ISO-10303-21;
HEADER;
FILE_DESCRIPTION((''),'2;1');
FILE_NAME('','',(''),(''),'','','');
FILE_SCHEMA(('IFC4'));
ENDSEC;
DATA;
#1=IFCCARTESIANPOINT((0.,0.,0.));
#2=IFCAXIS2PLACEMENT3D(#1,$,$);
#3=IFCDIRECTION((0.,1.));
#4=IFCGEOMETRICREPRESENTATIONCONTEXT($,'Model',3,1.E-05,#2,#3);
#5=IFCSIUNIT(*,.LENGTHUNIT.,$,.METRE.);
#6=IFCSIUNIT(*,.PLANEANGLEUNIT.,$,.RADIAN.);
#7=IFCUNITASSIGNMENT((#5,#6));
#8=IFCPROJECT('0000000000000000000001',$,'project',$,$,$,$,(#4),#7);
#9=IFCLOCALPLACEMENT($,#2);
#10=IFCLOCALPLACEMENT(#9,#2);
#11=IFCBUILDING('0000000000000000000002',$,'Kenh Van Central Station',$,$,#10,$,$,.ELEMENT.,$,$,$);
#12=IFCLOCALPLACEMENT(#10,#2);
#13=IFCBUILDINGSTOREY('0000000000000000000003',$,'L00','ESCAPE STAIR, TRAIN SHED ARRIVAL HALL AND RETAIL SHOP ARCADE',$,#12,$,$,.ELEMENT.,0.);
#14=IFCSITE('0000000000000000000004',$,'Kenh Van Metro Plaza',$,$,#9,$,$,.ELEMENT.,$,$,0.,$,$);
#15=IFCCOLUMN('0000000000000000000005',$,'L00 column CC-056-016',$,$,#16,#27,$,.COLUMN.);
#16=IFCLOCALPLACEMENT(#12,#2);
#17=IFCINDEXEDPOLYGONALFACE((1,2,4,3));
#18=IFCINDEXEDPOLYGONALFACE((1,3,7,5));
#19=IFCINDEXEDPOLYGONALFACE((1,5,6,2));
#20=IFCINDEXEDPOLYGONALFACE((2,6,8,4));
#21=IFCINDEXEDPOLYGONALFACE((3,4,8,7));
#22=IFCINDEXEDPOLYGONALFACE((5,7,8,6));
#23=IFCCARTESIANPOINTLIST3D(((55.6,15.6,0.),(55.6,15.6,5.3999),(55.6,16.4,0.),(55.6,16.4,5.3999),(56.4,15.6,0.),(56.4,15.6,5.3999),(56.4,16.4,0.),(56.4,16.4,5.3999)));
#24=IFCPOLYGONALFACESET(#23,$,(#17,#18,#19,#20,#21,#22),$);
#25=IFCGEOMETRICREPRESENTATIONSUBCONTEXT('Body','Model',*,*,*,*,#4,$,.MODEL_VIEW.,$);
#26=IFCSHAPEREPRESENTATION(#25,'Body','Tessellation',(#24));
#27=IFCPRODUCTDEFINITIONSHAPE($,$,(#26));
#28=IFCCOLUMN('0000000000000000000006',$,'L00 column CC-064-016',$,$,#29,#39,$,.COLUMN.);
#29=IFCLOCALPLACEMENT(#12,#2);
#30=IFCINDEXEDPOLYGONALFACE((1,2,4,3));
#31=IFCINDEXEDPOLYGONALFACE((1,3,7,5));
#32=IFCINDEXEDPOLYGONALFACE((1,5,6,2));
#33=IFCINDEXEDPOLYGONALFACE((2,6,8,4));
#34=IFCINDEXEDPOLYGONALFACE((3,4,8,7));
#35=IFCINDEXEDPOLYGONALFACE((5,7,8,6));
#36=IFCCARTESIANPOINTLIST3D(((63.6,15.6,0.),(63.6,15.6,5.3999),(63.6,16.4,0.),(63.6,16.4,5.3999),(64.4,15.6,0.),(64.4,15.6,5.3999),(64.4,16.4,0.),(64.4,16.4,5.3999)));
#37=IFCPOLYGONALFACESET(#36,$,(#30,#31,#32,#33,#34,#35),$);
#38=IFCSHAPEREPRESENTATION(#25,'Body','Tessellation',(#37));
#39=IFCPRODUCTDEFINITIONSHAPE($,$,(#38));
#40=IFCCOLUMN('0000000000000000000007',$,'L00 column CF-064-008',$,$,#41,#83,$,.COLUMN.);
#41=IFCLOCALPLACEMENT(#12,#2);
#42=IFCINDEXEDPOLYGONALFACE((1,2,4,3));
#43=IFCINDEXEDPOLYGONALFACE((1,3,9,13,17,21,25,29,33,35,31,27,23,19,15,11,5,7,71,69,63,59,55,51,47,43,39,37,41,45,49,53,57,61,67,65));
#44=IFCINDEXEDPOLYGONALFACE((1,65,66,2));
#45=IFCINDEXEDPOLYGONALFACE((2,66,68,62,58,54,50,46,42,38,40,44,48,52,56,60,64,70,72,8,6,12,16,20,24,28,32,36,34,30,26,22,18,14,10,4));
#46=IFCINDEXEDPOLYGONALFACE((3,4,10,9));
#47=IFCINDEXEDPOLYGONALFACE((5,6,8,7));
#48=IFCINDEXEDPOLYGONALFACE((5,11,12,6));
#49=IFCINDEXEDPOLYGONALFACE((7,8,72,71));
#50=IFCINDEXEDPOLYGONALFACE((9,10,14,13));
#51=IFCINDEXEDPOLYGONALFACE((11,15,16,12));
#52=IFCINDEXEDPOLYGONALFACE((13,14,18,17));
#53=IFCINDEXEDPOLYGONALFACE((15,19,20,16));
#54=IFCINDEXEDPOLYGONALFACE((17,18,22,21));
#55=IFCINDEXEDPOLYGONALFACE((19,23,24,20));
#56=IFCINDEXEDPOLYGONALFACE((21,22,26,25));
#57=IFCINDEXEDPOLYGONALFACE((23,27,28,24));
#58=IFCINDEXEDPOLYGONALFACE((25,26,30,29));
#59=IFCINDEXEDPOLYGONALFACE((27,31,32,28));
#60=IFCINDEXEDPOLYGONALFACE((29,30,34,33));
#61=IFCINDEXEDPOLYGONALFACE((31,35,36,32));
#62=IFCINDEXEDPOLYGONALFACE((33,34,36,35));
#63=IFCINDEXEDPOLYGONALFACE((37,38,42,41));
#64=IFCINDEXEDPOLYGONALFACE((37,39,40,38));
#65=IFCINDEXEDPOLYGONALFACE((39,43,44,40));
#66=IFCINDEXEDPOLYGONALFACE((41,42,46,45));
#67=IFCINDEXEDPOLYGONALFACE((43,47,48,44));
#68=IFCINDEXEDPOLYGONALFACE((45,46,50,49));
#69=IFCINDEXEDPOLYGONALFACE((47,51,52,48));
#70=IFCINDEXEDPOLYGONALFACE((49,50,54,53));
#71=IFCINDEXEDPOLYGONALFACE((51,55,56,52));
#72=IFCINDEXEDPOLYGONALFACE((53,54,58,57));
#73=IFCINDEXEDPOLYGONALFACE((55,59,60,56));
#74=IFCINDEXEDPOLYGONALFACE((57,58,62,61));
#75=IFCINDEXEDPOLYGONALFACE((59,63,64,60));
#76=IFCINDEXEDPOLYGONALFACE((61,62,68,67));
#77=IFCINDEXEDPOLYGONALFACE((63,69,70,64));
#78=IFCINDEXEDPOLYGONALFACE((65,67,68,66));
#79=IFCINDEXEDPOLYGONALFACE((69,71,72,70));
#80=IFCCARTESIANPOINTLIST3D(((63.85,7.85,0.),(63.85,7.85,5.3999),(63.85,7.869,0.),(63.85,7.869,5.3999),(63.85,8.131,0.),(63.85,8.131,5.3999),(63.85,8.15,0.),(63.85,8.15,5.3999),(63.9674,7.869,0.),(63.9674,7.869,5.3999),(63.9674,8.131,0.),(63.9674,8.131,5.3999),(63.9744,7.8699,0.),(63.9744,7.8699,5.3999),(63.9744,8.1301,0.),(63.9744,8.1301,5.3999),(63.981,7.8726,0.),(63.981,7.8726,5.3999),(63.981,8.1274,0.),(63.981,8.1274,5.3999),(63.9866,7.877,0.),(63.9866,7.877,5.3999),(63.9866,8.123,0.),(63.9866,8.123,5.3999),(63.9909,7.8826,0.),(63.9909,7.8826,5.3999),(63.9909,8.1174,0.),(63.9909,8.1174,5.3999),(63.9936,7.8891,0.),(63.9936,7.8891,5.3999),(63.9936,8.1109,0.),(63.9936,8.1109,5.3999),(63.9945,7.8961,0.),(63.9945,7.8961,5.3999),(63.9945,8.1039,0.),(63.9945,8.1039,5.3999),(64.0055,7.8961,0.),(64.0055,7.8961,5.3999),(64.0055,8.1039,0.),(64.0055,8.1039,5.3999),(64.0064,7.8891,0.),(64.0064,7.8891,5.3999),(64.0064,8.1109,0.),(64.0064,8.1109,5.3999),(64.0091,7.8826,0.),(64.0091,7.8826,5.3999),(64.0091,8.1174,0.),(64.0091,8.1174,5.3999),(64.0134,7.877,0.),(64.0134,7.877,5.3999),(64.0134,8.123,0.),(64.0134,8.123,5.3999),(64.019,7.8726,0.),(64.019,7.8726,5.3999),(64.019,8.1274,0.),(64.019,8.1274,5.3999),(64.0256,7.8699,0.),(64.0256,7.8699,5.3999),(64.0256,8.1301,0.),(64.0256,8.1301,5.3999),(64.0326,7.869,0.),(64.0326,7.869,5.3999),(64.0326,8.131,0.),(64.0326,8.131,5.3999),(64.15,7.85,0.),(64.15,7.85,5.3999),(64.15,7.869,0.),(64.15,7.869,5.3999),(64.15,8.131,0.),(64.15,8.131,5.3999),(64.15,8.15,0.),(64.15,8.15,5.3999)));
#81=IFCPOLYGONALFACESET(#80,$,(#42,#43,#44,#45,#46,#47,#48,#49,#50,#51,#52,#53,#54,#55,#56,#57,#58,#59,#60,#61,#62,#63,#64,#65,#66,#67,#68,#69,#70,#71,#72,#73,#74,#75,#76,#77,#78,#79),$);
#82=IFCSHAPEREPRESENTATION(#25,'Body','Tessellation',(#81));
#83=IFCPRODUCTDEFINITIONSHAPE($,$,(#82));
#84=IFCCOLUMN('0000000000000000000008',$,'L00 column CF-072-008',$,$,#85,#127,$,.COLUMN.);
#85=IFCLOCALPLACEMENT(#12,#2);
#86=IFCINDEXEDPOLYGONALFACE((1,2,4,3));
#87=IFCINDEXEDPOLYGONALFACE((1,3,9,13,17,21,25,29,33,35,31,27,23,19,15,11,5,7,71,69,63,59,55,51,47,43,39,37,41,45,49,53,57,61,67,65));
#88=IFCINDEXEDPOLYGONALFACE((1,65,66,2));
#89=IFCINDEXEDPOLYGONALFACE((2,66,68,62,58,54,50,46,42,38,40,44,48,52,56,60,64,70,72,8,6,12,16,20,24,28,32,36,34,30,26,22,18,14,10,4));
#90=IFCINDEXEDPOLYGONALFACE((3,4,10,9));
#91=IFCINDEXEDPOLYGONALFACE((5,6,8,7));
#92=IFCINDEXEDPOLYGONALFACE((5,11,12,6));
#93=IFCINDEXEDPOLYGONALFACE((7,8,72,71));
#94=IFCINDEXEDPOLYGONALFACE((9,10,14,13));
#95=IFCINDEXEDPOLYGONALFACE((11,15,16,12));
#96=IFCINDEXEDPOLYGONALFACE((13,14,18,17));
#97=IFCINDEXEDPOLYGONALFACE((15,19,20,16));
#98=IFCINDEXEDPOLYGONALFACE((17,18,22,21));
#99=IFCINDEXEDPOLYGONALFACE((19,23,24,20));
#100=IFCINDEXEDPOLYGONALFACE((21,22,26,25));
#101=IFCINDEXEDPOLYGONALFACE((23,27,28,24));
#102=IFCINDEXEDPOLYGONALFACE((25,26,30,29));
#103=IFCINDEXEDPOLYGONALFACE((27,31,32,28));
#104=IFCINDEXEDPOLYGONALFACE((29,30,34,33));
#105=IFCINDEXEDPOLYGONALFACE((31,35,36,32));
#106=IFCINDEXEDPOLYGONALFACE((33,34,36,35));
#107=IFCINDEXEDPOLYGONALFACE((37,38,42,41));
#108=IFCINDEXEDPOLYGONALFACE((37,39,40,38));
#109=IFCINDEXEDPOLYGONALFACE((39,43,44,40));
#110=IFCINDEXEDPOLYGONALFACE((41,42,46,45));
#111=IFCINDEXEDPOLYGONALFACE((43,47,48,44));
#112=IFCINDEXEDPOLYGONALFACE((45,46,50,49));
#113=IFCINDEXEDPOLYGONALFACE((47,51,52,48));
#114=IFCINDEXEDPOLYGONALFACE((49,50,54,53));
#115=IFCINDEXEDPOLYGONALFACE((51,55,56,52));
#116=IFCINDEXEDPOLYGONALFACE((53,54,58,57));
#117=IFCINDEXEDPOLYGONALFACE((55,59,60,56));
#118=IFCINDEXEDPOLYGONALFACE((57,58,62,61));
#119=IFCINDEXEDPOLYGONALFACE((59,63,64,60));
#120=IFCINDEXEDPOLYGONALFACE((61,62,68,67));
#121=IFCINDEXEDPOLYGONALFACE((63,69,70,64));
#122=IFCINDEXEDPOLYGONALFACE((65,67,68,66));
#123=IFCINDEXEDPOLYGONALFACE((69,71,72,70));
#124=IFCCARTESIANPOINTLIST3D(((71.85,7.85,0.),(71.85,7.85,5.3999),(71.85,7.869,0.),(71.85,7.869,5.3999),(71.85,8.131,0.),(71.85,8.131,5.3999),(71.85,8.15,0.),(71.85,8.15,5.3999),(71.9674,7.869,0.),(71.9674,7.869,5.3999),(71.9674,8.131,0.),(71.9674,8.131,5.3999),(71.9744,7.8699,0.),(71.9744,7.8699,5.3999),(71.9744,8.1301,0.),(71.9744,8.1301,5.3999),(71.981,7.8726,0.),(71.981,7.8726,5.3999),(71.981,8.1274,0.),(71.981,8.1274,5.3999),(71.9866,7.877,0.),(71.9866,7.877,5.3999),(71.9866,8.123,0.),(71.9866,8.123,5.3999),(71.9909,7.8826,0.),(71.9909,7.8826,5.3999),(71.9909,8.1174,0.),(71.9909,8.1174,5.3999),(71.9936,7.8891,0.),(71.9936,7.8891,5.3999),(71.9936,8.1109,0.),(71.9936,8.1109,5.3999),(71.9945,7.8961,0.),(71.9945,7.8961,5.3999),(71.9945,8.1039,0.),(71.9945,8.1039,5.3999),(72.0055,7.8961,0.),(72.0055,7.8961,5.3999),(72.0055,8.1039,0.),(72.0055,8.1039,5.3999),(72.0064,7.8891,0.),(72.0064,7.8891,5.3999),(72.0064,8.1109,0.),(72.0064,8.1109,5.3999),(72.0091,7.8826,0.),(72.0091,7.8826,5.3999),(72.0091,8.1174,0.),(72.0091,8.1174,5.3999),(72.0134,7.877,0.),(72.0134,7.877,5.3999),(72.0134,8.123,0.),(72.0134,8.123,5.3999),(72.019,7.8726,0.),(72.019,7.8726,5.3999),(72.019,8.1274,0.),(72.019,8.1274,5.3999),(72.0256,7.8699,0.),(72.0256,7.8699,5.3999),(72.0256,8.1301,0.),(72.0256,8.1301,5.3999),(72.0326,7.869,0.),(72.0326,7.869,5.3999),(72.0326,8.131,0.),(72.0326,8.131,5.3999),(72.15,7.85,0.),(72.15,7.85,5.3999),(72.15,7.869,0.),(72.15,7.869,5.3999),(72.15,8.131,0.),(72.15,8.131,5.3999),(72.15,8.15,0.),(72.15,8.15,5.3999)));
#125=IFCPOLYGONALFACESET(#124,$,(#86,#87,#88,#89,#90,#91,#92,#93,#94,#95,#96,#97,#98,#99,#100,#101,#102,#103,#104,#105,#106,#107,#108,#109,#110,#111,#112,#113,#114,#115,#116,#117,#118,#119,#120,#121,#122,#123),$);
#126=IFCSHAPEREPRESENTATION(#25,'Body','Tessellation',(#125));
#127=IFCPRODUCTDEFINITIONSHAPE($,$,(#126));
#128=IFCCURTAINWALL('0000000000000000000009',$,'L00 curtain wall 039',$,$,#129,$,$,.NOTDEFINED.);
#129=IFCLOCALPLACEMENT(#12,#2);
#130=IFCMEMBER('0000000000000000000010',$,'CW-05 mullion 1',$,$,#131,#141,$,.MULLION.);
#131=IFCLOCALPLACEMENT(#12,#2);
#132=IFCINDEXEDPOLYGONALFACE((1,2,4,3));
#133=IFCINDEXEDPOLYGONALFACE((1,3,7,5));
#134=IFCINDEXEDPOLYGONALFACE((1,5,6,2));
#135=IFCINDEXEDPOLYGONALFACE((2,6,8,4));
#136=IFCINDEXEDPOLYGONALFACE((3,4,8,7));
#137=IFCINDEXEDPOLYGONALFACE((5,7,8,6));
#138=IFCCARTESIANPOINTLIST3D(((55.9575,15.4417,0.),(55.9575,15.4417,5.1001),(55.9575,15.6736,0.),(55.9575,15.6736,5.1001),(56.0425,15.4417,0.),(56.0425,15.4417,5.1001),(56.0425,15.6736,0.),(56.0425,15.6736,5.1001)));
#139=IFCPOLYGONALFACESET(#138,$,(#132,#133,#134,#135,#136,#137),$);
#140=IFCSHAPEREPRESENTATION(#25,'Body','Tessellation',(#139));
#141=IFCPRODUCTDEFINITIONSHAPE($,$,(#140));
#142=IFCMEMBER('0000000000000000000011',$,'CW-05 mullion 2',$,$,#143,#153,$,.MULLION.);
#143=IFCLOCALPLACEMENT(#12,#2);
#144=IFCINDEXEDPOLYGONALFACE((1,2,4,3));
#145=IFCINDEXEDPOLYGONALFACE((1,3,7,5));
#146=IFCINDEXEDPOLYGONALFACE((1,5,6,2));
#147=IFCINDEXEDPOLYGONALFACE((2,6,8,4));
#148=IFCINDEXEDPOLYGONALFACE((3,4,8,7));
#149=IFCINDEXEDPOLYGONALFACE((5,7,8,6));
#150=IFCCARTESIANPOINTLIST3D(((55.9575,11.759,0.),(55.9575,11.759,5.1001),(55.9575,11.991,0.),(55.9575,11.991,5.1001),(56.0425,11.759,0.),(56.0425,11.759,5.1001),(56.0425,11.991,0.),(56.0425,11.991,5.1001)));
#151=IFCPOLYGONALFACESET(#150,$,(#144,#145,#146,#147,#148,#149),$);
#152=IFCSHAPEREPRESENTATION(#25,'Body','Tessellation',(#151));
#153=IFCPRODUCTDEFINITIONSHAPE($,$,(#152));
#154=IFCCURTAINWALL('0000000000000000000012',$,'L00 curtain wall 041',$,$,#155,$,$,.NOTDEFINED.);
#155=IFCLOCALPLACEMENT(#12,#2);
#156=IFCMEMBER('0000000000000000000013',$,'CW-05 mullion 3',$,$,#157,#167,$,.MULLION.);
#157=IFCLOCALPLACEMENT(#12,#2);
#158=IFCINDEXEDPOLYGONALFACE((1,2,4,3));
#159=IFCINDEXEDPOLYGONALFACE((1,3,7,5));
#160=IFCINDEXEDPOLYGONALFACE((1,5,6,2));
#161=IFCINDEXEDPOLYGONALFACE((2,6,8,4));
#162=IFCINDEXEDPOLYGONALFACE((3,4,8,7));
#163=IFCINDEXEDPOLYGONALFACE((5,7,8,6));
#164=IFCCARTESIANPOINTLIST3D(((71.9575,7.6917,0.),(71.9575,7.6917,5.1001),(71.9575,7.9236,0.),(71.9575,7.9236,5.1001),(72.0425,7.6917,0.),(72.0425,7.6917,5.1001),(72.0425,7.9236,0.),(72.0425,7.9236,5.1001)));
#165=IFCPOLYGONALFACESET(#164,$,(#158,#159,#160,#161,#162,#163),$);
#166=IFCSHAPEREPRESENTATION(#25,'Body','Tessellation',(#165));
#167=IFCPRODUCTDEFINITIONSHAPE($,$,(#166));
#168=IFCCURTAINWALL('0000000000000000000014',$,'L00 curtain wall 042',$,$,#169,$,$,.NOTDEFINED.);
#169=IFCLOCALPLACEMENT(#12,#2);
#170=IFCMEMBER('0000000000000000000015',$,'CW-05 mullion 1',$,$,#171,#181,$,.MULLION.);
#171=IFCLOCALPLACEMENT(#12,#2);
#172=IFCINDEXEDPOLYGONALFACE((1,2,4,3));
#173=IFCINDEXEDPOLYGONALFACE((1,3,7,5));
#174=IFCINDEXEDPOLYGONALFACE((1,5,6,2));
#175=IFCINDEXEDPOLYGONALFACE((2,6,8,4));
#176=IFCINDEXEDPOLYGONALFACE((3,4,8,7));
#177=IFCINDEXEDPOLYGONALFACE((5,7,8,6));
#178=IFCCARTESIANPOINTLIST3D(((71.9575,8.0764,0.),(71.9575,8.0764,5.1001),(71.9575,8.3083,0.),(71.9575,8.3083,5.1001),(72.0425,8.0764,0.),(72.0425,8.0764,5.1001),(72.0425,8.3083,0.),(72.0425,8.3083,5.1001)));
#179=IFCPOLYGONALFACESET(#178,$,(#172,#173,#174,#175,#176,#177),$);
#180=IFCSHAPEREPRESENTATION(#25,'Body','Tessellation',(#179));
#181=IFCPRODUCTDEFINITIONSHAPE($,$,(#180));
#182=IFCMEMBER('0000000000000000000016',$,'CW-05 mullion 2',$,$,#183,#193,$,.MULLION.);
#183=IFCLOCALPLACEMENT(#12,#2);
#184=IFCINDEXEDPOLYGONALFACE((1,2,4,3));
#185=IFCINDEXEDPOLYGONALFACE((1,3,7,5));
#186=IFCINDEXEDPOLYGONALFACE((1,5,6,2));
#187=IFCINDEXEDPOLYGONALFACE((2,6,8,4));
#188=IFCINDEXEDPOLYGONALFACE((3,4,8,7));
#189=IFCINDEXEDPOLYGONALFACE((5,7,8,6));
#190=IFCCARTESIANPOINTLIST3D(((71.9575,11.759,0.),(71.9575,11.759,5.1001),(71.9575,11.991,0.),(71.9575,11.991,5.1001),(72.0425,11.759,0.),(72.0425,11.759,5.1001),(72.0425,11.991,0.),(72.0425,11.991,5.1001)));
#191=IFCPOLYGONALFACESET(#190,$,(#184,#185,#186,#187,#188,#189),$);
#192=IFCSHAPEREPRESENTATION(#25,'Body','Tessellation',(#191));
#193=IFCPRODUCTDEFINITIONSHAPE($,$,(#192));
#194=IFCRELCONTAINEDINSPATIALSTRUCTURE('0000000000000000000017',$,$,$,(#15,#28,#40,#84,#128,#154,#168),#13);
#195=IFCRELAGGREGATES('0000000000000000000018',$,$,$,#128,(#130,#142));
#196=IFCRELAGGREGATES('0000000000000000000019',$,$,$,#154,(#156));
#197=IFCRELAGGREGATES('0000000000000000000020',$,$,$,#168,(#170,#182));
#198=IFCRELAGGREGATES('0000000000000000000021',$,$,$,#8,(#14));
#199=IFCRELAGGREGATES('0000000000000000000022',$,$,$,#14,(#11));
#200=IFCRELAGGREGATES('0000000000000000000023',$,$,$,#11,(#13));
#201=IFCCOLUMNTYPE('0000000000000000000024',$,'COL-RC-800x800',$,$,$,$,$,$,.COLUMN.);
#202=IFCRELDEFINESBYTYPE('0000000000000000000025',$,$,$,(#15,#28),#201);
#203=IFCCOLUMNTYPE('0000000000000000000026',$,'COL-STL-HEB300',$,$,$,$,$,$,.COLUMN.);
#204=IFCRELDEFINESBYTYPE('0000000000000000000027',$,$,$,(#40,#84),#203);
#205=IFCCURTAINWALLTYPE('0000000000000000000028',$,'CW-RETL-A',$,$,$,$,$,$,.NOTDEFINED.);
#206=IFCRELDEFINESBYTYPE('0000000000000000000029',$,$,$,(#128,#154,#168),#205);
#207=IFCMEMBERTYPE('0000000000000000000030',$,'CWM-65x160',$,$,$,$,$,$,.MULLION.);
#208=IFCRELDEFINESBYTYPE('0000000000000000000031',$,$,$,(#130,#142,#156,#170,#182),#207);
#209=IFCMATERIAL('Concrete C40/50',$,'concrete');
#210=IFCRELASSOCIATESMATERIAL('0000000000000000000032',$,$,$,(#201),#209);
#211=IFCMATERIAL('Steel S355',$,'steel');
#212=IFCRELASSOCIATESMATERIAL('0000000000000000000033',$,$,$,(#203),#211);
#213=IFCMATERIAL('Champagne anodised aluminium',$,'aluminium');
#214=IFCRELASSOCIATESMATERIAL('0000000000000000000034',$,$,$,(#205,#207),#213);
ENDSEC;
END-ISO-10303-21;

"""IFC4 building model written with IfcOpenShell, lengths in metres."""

from ifc_helpers import new_model, si_unit, direction, frame, origin, origin_2d, place, context, subcontext, project, spatial, rectangle, i_section, extrude, material, material_profile, profile_set, type_object, element, aggregate, save


model = new_model("IFC4")

# Units and contexts
model_context = context("Model", 3, precision=1e-05, world=origin(), true_north=direction((0.0, 1.0)))
body_context = subcontext(model_context, "Body", "Model", "MODEL_VIEW")
ifc_project = project(units=[si_unit("LENGTHUNIT", "METRE"), si_unit("PLANEANGLEUNIT", "RADIAN")], contexts=[model_context])

# Site, building, storey
site_placement = place(None, origin())
site = spatial("IfcSite", under=ifc_project, at=site_placement, Name="Kenh Van Metro Plaza", CompositionType="ELEMENT", RefElevation=0.0)
building_placement = place(site_placement, origin())
building = spatial("IfcBuilding", under=site, at=building_placement, Name="Kenh Van Central Station", CompositionType="ELEMENT")
storey_placement = place(building_placement, origin())
storey = spatial("IfcBuildingStorey", under=building, at=storey_placement, Name="L00", Description="ESCAPE STAIR, TRAIN SHED ARRIVAL HALL AND RETAIL SHOP ARCADE", CompositionType="ELEMENT", Elevation=0.0)

# Columns
ifc_material_1 = material(Name="Concrete C40/50", Category="concrete")
ifc_material_profile_1 = material_profile(ifc_material_1, rectangle(XDim=0.8, YDim=0.8, at=origin_2d()), Name="RC 800x800")
ifc_profile_set_1 = profile_set([ifc_material_profile_1], Name="Concrete C40/50")
column_type_1 = type_object("IfcColumnType", Name="COL-RC-800x800", PredefinedType="COLUMN", material=ifc_profile_set_1)
for number, where, z_axis, x_axis, name in (
    (1, (56.0, 16.0, 0.0), (0.0, 0.0, 1.0), (1.0, 0.0, 0.0), "L00 column CC-056-016"),
    (2, (64.0, 16.0, 0.0), (0.0, 0.0, 1.0), (1.0, 0.0, 0.0), "L00 column CC-064-016"),
):
    element("IfcColumn", number, at=place(storey_placement, frame(where, z_axis=z_axis, x_axis=x_axis)), inside=storey, type_object=column_type_1, Name=name, PredefinedType="COLUMN", context=body_context, shape_type="SweptSolid", body=[
        extrude(rectangle(XDim=0.8, YDim=0.8, at=origin_2d()), origin(), (0.0, 0.0, 1.0), 5.3999),
    ])
ifc_material_2 = material(Name="Steel S355", Category="steel")
ifc_material_profile_2 = material_profile(ifc_material_2, i_section(OverallWidth=0.3, OverallDepth=0.3, WebThickness=0.011, FlangeThickness=0.019, FilletRadius=0.0271, at=origin_2d()), Name="HEB 300")
ifc_profile_set_2 = profile_set([ifc_material_profile_2], Name="Steel S355")
column_type_2 = type_object("IfcColumnType", Name="COL-STL-HEB300", PredefinedType="COLUMN", material=ifc_profile_set_2)
for number, where, z_axis, x_axis, name in (
    (3, (64.0, 8.0, 0.0), (0.0, 0.0, 1.0), (1.0, 0.0, 0.0), "L00 column CF-064-008"),
    (4, (72.0, 8.0, 0.0), (0.0, 0.0, 1.0), (1.0, 0.0, 0.0), "L00 column CF-072-008"),
):
    element("IfcColumn", number, at=place(storey_placement, frame(where, z_axis=z_axis, x_axis=x_axis)), inside=storey, type_object=column_type_2, Name=name, PredefinedType="COLUMN", context=body_context, shape_type="SweptSolid", body=[
        extrude(i_section(OverallWidth=0.3, OverallDepth=0.3, WebThickness=0.011, FlangeThickness=0.019, FilletRadius=0.0271, at=origin_2d()), origin(), (0.0, 0.0, 1.0), 5.3999),
    ])

# Curtain wall, members
ifc_material_3 = material(Name="Champagne anodised aluminium", Category="aluminium")
curtain_wall_type = type_object("IfcCurtainWallType", Name="CW-RETL-A", PredefinedType="NOTDEFINED", material=ifc_material_3)
curtain_wall_1_placement = place(storey_placement, origin())
curtain_wall_1 = element("IfcCurtainWall", 5, at=curtain_wall_1_placement, inside=storey, type_object=curtain_wall_type, Name="L00 curtain wall 039", PredefinedType="NOTDEFINED")
ifc_material_profile_3 = material_profile(ifc_material_3, rectangle(XDim=0.085, YDim=0.2319, at=origin_2d()), Name="AL 85x232")
ifc_profile_set_3 = profile_set([ifc_material_profile_3], Name="Champagne anodised aluminium")
member_type_1 = type_object("IfcMemberType", Name="CWM-65x160", PredefinedType="MULLION", material=ifc_profile_set_3)
member_1_placement = place(storey_placement, frame((56.0, 15.5576, 0.0), z_axis=(0.0, 0.0, 1.0), x_axis=(1.0, 0.0, 0.0)))
member_1 = element("IfcMember", 6, at=member_1_placement, type_object=member_type_1, Name="CW-05 mullion 1", PredefinedType="MULLION", context=body_context, shape_type="SweptSolid", body=[
    extrude(rectangle(XDim=0.085, YDim=0.2319, at=origin_2d()), origin(), (0.0, 0.0, 1.0), 5.1001),
])
member_2_placement = place(storey_placement, frame((56.0, 11.875, 0.0), z_axis=(0.0, 0.0, 1.0), x_axis=(1.0, 0.0, 0.0)))
member_2 = element("IfcMember", 7, at=member_2_placement, type_object=member_type_1, Name="CW-05 mullion 2", PredefinedType="MULLION", context=body_context, shape_type="SweptSolid", body=[
    extrude(rectangle(XDim=0.085, YDim=0.2319, at=origin_2d()), origin(), (0.0, 0.0, 1.0), 5.1001),
])

# Curtain wall, member
curtain_wall_2_placement = place(storey_placement, origin())
curtain_wall_2 = element("IfcCurtainWall", 8, at=curtain_wall_2_placement, inside=storey, type_object=curtain_wall_type, Name="L00 curtain wall 041", PredefinedType="NOTDEFINED")
member_3_placement = place(storey_placement, frame((72.0, 7.8076, 0.0), z_axis=(0.0, 0.0, 1.0), x_axis=(-1.0, 0.0, 0.0)))
member_3 = element("IfcMember", 9, at=member_3_placement, type_object=member_type_1, Name="CW-05 mullion 3", PredefinedType="MULLION", context=body_context, shape_type="SweptSolid", body=[
    extrude(rectangle(XDim=0.085, YDim=0.2319, at=origin_2d()), origin(), (0.0, 0.0, 1.0), 5.1001),
])

# Curtain wall, members
curtain_wall_3_placement = place(storey_placement, origin())
curtain_wall_3 = element("IfcCurtainWall", 10, at=curtain_wall_3_placement, inside=storey, type_object=curtain_wall_type, Name="L00 curtain wall 042", PredefinedType="NOTDEFINED")
member_4_placement = place(storey_placement, frame((72.0, 8.1924, 0.0), z_axis=(0.0, 0.0, 1.0), x_axis=(-1.0, 0.0, 0.0)))
member_4 = element("IfcMember", 11, at=member_4_placement, type_object=member_type_1, Name="CW-05 mullion 1", PredefinedType="MULLION", context=body_context, shape_type="SweptSolid", body=[
    extrude(rectangle(XDim=0.085, YDim=0.2319, at=origin_2d()), origin(), (0.0, 0.0, 1.0), 5.1001),
])
member_5_placement = place(storey_placement, frame((72.0, 11.875, 0.0), z_axis=(0.0, 0.0, 1.0), x_axis=(-1.0, 0.0, 0.0)))
member_5 = element("IfcMember", 12, at=member_5_placement, type_object=member_type_1, Name="CW-05 mullion 2", PredefinedType="MULLION", context=body_context, shape_type="SweptSolid", body=[
    extrude(rectangle(XDim=0.085, YDim=0.2319, at=origin_2d()), origin(), (0.0, 0.0, 1.0), 5.1001),
])

aggregate(curtain_wall_1, [member_1, member_2])
aggregate(curtain_wall_2, [member_3])
aggregate(curtain_wall_3, [member_4, member_5])

save(model, "model.ifc")
